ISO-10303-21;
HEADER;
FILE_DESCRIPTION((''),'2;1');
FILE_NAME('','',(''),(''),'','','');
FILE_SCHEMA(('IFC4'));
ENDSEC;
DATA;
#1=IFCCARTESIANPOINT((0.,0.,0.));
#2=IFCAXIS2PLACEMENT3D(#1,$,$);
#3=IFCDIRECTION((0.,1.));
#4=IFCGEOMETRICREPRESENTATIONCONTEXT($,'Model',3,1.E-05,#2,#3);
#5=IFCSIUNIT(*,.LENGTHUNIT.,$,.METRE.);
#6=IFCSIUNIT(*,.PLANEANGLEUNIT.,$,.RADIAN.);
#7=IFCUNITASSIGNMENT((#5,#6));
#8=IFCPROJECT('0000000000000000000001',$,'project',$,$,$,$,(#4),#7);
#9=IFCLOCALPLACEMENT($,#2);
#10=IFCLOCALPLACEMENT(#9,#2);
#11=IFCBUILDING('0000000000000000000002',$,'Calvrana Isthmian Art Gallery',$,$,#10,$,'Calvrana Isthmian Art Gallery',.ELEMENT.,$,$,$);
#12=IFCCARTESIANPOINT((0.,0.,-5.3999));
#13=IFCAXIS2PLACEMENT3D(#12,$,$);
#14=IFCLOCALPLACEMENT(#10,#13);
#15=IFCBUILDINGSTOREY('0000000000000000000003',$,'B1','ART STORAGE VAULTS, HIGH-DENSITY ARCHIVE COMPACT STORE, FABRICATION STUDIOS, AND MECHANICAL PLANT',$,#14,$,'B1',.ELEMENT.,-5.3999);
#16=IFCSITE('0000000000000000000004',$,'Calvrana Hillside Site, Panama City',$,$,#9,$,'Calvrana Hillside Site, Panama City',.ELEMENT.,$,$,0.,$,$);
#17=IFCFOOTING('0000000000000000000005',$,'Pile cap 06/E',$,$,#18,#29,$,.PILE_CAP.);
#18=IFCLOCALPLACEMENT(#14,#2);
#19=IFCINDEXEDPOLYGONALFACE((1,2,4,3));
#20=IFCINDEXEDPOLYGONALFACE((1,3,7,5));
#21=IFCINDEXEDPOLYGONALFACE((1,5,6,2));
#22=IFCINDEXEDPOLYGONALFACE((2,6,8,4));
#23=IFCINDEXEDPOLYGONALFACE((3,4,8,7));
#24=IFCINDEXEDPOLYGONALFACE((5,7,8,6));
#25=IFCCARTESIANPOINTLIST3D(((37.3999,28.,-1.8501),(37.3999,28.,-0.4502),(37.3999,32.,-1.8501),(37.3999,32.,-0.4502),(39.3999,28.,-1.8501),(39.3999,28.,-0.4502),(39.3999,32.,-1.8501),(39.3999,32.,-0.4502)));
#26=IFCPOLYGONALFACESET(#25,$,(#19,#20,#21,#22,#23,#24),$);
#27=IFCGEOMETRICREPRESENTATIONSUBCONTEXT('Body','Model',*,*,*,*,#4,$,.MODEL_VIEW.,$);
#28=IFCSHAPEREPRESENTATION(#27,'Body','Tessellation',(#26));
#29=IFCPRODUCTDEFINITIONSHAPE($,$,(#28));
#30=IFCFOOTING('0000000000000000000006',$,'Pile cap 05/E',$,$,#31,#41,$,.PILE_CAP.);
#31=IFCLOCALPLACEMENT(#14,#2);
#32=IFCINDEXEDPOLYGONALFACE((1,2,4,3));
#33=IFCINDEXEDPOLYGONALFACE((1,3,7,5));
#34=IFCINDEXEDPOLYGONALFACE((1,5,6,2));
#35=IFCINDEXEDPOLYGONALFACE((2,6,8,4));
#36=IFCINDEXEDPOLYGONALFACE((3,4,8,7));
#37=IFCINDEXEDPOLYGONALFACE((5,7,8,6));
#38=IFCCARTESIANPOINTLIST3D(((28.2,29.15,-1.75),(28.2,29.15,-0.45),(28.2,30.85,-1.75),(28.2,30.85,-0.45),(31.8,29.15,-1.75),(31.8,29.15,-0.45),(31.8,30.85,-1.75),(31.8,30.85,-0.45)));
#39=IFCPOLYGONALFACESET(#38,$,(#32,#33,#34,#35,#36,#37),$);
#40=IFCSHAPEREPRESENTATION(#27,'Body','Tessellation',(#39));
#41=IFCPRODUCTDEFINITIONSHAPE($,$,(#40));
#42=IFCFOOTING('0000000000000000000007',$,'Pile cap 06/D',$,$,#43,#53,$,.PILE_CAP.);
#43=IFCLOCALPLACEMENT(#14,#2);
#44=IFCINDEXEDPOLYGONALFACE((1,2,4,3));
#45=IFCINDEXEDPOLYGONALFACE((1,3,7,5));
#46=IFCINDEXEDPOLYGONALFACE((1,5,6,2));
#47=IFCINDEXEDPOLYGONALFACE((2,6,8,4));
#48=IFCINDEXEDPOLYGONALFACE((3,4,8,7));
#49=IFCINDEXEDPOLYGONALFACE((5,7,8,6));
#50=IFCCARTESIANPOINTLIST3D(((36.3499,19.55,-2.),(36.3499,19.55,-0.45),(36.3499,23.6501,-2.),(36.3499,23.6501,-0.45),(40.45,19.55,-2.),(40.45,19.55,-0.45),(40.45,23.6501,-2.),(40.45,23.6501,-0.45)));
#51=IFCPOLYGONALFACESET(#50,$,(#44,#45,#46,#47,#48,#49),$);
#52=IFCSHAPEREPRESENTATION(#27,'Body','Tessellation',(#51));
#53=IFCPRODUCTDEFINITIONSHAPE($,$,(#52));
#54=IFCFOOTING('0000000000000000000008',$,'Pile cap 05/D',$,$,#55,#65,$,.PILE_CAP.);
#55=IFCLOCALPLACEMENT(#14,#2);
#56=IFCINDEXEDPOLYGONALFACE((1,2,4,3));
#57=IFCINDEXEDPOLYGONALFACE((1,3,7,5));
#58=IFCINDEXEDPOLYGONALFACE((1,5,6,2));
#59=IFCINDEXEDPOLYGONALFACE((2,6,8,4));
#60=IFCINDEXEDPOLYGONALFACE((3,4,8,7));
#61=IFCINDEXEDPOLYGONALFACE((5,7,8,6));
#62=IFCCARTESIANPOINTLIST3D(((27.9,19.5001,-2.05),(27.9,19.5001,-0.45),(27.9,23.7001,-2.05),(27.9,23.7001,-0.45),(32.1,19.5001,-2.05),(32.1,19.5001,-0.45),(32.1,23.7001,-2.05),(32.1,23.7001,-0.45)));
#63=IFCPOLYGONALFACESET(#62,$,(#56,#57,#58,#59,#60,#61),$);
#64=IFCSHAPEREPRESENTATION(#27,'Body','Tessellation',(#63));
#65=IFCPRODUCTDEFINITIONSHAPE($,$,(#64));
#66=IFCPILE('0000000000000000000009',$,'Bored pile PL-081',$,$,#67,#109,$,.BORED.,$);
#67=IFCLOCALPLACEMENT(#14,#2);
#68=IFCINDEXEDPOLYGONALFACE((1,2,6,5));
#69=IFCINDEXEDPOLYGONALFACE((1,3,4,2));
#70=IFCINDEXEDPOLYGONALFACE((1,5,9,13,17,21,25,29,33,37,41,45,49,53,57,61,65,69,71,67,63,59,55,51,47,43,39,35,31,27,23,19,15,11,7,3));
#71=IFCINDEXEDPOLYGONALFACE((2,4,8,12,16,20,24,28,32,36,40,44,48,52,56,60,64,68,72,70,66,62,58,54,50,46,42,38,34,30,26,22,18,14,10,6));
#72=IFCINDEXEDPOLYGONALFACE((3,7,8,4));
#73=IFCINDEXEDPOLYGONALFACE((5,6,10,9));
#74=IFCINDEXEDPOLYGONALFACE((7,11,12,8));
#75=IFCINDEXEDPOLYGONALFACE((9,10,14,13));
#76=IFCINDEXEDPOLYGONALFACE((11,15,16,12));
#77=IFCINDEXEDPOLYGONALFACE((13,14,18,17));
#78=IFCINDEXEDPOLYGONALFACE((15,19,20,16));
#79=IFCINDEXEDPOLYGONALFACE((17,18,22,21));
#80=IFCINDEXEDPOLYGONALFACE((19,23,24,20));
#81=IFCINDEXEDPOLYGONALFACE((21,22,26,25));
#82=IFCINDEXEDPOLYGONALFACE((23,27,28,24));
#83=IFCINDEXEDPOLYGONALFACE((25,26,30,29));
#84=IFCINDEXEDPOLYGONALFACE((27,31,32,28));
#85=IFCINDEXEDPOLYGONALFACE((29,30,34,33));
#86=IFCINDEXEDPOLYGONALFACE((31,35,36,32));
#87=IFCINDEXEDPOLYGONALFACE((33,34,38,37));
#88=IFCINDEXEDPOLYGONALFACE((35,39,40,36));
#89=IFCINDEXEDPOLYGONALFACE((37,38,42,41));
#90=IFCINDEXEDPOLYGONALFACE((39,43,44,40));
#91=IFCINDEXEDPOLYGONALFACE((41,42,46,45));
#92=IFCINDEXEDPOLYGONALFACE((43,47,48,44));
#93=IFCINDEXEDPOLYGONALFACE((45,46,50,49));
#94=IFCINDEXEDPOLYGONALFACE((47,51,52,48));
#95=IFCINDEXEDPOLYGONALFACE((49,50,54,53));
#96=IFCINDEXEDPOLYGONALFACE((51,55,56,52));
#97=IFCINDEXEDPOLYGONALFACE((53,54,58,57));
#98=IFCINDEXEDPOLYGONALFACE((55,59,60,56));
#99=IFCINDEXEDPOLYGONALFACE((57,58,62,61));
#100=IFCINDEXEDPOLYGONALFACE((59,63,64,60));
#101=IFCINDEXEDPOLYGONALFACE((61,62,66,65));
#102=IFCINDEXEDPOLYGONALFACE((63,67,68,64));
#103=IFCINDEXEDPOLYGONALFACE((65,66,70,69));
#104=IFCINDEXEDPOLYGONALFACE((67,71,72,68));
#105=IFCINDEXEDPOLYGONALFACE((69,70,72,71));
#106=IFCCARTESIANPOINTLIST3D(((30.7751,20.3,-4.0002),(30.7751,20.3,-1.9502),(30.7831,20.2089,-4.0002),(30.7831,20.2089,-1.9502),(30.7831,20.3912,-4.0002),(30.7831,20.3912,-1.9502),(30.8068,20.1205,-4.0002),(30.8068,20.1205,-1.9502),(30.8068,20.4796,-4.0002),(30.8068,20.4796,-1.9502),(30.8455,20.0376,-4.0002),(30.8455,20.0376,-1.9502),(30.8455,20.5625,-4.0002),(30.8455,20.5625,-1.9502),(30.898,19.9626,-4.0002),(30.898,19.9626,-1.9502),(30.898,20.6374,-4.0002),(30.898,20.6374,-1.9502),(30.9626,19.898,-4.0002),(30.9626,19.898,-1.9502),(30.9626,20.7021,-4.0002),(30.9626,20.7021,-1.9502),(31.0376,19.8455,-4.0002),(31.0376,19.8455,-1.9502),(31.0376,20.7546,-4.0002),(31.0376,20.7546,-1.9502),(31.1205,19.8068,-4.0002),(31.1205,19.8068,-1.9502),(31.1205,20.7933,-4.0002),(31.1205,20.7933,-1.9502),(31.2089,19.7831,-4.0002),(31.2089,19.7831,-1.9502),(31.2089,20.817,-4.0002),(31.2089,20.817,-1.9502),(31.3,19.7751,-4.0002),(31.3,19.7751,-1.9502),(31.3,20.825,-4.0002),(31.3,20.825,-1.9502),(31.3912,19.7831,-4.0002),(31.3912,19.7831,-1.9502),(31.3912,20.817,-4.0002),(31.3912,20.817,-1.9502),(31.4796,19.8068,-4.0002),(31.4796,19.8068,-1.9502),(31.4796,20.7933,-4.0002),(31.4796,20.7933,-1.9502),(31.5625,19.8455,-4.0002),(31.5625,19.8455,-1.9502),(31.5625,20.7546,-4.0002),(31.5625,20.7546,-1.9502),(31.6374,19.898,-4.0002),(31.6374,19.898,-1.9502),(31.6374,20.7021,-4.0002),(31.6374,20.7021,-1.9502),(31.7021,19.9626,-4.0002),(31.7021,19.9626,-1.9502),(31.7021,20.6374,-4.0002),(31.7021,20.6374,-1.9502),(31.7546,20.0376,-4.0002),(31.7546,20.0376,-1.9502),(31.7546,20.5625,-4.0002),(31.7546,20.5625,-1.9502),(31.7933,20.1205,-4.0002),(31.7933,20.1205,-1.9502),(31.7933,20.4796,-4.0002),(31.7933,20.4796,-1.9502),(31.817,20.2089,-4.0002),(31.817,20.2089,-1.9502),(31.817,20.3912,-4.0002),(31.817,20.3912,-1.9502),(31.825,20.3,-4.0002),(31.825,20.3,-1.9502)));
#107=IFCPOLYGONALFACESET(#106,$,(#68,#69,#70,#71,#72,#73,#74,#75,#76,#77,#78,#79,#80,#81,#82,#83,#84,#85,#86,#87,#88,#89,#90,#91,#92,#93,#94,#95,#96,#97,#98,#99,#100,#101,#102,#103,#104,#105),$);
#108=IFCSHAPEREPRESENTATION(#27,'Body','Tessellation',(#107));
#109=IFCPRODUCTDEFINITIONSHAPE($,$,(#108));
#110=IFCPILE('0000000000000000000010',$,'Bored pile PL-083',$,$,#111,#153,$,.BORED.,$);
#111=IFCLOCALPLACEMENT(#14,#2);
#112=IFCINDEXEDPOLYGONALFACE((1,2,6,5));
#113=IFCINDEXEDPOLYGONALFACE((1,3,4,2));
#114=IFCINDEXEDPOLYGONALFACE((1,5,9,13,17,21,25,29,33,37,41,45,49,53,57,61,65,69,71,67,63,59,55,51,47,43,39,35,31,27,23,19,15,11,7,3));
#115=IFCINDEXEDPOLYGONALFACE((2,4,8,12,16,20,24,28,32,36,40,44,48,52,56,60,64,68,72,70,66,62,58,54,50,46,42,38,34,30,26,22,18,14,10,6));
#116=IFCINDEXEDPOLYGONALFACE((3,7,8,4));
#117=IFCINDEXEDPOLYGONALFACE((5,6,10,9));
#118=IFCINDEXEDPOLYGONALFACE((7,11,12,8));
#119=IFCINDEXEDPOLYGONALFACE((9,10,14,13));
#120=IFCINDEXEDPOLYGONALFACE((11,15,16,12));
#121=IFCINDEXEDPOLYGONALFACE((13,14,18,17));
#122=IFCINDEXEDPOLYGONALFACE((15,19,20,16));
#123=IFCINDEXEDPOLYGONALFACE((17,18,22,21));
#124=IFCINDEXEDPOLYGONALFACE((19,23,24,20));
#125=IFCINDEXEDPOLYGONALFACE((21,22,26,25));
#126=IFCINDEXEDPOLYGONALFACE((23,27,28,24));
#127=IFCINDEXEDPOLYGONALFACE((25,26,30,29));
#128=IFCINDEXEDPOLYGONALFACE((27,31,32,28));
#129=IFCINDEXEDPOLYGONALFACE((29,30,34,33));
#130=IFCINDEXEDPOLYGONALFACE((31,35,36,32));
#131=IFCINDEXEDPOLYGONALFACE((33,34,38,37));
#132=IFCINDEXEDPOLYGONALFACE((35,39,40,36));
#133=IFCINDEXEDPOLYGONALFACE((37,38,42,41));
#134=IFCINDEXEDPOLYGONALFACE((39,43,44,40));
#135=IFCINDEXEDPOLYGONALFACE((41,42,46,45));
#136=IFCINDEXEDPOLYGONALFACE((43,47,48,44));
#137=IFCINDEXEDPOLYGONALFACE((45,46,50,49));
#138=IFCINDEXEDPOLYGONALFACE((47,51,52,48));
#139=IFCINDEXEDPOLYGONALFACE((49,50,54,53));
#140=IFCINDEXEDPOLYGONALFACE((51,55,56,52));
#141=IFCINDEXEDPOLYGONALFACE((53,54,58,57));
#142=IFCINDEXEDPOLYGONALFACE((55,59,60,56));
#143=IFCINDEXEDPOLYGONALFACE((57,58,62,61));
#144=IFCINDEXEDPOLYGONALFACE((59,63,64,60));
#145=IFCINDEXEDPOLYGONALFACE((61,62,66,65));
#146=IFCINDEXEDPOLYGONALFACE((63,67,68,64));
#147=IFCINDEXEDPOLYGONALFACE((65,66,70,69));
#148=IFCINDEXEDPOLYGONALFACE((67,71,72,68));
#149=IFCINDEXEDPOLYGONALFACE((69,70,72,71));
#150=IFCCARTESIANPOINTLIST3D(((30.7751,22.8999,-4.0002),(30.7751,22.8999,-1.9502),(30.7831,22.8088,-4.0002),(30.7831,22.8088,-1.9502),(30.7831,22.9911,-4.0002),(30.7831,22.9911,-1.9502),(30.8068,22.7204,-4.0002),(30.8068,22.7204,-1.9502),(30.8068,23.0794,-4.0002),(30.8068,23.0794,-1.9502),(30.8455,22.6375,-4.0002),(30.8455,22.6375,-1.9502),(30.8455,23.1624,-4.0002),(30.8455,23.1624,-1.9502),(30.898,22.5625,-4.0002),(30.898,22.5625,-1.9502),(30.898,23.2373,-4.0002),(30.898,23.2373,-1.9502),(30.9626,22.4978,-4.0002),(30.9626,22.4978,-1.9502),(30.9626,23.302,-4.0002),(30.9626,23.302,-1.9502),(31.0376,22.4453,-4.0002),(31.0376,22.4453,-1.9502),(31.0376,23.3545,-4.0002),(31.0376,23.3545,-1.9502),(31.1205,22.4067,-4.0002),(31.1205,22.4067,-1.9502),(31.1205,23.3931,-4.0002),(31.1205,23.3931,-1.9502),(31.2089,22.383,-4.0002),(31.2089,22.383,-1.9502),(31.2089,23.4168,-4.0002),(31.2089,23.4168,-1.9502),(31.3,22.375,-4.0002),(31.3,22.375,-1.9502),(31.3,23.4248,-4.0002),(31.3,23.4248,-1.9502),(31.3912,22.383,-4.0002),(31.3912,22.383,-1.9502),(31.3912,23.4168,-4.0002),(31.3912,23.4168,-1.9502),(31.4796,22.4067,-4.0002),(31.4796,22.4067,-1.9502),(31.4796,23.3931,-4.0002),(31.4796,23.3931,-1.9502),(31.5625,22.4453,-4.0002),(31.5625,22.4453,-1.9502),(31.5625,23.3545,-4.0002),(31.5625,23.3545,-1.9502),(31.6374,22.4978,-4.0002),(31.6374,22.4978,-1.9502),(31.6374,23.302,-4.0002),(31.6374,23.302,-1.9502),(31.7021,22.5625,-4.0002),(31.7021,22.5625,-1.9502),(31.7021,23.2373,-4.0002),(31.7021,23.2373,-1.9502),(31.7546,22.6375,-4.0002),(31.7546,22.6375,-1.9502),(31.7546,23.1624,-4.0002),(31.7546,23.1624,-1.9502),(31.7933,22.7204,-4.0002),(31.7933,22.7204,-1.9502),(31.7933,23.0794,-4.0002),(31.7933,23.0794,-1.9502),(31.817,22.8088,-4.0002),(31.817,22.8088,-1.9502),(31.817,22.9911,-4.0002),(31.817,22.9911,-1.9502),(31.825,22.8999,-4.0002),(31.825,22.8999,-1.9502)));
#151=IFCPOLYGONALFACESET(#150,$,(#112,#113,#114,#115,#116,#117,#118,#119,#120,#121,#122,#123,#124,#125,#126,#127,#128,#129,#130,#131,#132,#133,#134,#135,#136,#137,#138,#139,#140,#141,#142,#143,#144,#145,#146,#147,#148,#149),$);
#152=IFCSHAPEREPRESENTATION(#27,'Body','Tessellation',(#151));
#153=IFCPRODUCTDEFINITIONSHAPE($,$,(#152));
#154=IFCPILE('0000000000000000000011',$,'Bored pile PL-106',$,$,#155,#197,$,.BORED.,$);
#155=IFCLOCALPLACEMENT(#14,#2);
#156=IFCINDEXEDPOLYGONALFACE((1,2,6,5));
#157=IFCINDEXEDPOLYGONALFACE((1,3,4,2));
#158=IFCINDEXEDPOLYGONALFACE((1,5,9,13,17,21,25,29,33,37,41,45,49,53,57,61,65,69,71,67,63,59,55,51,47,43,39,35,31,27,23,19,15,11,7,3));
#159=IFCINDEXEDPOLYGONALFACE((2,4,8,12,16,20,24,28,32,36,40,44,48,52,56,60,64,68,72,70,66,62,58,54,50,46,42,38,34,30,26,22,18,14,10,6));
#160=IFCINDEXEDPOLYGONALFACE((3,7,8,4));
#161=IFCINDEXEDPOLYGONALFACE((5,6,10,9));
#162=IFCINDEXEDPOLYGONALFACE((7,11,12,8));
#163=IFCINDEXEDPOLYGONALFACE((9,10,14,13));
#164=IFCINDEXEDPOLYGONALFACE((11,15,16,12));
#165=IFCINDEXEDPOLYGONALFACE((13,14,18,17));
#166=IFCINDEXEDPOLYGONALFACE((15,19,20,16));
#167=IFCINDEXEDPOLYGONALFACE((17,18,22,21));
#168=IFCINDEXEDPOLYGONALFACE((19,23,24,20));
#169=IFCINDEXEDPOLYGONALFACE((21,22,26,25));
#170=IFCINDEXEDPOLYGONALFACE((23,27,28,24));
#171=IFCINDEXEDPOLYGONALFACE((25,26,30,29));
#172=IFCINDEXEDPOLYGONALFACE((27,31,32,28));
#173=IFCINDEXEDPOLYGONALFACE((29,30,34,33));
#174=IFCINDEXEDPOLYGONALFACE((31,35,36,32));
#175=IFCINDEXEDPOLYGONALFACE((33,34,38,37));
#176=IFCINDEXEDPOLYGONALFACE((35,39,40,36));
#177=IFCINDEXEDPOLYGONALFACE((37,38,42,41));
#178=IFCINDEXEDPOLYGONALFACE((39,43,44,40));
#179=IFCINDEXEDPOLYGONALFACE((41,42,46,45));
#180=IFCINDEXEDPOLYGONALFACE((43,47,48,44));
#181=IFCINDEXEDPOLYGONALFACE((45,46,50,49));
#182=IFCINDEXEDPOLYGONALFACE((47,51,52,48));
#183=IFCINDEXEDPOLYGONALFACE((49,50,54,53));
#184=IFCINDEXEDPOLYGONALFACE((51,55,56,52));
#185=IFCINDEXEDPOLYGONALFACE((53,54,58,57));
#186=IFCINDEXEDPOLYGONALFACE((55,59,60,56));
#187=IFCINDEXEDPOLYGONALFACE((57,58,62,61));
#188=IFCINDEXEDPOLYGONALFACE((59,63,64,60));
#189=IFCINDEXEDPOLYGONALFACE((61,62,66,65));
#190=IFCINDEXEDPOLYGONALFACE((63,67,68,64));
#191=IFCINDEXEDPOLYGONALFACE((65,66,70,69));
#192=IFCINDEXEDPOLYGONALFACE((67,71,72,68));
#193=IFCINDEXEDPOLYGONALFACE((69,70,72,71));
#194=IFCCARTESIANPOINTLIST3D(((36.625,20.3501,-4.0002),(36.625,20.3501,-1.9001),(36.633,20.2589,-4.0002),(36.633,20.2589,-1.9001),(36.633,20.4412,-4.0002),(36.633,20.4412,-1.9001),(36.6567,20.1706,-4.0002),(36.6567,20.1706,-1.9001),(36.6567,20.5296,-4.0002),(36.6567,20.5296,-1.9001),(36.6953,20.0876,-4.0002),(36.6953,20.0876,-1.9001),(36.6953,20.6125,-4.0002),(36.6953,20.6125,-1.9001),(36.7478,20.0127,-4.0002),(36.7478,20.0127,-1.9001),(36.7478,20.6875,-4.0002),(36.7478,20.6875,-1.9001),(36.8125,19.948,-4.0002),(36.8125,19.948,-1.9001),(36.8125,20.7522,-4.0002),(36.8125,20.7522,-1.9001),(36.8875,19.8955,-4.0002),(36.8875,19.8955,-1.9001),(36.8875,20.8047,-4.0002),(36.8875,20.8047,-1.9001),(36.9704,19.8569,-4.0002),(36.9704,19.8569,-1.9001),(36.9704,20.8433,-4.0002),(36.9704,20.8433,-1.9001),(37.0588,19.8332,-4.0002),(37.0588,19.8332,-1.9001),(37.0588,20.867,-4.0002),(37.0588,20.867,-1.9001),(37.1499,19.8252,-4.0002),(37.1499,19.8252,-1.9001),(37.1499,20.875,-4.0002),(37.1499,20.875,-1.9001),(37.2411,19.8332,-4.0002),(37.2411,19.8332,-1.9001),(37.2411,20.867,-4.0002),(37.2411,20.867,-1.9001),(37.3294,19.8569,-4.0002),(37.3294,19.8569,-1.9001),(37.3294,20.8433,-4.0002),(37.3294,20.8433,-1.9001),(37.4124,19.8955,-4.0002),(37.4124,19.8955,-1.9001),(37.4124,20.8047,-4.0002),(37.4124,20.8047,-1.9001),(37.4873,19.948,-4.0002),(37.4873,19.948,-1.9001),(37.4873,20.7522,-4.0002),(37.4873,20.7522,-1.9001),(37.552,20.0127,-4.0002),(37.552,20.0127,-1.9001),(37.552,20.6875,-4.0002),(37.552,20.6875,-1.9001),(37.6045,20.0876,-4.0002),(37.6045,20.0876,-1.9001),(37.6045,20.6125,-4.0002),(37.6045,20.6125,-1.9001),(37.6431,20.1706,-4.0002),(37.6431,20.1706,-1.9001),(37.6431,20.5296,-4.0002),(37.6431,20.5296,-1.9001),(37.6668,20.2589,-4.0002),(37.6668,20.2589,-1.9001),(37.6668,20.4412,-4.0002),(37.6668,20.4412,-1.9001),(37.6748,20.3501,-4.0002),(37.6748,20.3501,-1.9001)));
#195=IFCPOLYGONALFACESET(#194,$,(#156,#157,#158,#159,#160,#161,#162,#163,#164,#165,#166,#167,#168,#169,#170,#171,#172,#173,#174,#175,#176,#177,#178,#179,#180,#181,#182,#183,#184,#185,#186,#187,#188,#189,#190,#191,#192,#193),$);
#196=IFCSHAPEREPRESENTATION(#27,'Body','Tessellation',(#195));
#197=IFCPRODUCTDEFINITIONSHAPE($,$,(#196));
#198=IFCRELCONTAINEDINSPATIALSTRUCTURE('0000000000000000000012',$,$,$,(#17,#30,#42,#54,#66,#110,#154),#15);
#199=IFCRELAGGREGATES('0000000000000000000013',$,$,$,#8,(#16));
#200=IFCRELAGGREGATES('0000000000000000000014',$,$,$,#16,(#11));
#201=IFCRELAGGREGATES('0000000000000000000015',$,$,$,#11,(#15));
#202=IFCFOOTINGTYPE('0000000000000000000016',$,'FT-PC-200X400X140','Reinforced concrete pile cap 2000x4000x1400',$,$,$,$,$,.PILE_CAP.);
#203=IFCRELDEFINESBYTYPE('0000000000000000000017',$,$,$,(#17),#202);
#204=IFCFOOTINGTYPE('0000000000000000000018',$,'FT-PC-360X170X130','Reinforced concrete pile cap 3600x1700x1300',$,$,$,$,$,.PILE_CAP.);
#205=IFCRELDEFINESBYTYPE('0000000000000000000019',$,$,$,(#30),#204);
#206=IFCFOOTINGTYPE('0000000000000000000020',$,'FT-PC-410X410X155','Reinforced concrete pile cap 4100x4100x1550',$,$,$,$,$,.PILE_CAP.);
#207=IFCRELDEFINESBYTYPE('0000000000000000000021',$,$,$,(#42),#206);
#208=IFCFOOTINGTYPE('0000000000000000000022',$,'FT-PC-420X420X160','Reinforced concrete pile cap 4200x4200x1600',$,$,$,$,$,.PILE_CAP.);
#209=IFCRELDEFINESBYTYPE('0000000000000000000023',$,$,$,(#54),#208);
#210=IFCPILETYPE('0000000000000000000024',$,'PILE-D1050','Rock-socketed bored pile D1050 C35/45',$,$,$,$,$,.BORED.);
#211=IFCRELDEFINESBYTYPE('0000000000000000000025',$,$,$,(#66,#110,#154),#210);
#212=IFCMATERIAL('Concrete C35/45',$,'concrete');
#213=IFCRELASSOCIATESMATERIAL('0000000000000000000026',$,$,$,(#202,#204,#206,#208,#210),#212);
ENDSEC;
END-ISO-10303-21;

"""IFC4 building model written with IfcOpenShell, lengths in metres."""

from ifc_helpers import new_model, si_unit, direction, frame, origin, origin_2d, place, context, subcontext, project, spatial, rectangle, circle, extrude, material, material_profile, profile_set, type_object, element, save


model = new_model("IFC4")

# Units and contexts
model_context = context("Model", 3, precision=1e-05, world=origin(), true_north=direction((0.0, 1.0)))
body_context = subcontext(model_context, "Body", "Model", "MODEL_VIEW")
ifc_project = project(units=[si_unit("LENGTHUNIT", "METRE"), si_unit("PLANEANGLEUNIT", "RADIAN")], contexts=[model_context])

# Site, building, storey
site_placement = place(None, origin())
site = spatial("IfcSite", under=ifc_project, at=site_placement, Name="Calvrana Hillside Site, Panama City", LongName="Calvrana Hillside Site, Panama City", CompositionType="ELEMENT", RefElevation=0.0)
building_placement = place(site_placement, origin())
building = spatial("IfcBuilding", under=site, at=building_placement, Name="Calvrana Isthmian Art Gallery", LongName="Calvrana Isthmian Art Gallery", CompositionType="ELEMENT")
storey_placement = place(building_placement, frame((0.0, 0.0, -5.3999)))
storey = spatial("IfcBuildingStorey", under=building, at=storey_placement, Name="B1", Description="ART STORAGE VAULTS, HIGH-DENSITY ARCHIVE COMPACT STORE, FABRICATION STUDIOS, AND MECHANICAL PLANT", LongName="B1", CompositionType="ELEMENT", Elevation=-5.3999)

# Footings
ifc_material_1 = material(Name="Concrete C35/45", Category="concrete")
footing_type_1 = type_object("IfcFootingType", Name="FT-PC-200X400X140", Description="Reinforced concrete pile cap 2000x4000x1400", PredefinedType="PILE_CAP", material=ifc_material_1)
footing_1_placement = place(storey_placement, frame((38.3999, 30.0, -1.8501), z_axis=(0.0, 0.0, 1.0), x_axis=(1.0, 0.0, 0.0)))
element("IfcFooting", 1, at=footing_1_placement, inside=storey, type_object=footing_type_1, Name="Pile cap 06/E", PredefinedType="PILE_CAP", context=body_context, shape_type="SweptSolid", body=[
    extrude(rectangle(XDim=2.0, YDim=4.0, at=origin_2d()), origin(), (0.0, 0.0, 1.0), 1.3999),
])
footing_type_2 = type_object("IfcFootingType", Name="FT-PC-360X170X130", Description="Reinforced concrete pile cap 3600x1700x1300", PredefinedType="PILE_CAP", material=ifc_material_1)
footing_2_placement = place(storey_placement, frame((30.0, 30.0, -1.75), z_axis=(0.0, 0.0, 1.0), x_axis=(1.0, 0.0, 0.0)))
element("IfcFooting", 2, at=footing_2_placement, inside=storey, type_object=footing_type_2, Name="Pile cap 05/E", PredefinedType="PILE_CAP", context=body_context, shape_type="SweptSolid", body=[
    extrude(rectangle(XDim=3.6001, YDim=1.7, at=origin_2d()), origin(), (0.0, 0.0, 1.0), 1.3),
])
footing_type_3 = type_object("IfcFootingType", Name="FT-PC-410X410X155", Description="Reinforced concrete pile cap 4100x4100x1550", PredefinedType="PILE_CAP", material=ifc_material_1)
footing_3_placement = place(storey_placement, frame((38.3999, 21.6001, -2.0), z_axis=(0.0, 0.0, 1.0), x_axis=(1.0, 0.0, 0.0)))
element("IfcFooting", 3, at=footing_3_placement, inside=storey, type_object=footing_type_3, Name="Pile cap 06/D", PredefinedType="PILE_CAP", context=body_context, shape_type="SweptSolid", body=[
    extrude(rectangle(XDim=4.1001, YDim=4.1001, at=origin_2d()), origin(), (0.0, 0.0, 1.0), 1.55),
])
footing_type_4 = type_object("IfcFootingType", Name="FT-PC-420X420X160", Description="Reinforced concrete pile cap 4200x4200x1600", PredefinedType="PILE_CAP", material=ifc_material_1)
footing_4_placement = place(storey_placement, frame((30.0, 21.6001, -2.05), z_axis=(0.0, 0.0, 1.0), x_axis=(1.0, 0.0, 0.0)))
element("IfcFooting", 4, at=footing_4_placement, inside=storey, type_object=footing_type_4, Name="Pile cap 05/D", PredefinedType="PILE_CAP", context=body_context, shape_type="SweptSolid", body=[
    extrude(rectangle(XDim=4.2, YDim=4.2, at=origin_2d()), origin(), (0.0, 0.0, 1.0), 1.6001),
])

# Piles
ifc_material_profile_1 = material_profile(ifc_material_1, circle(Radius=0.5249, at=origin_2d()), Name="PILE1050D")
ifc_profile_set_1 = profile_set([ifc_material_profile_1], Name="Concrete C35/45")
pile_type_1 = type_object("IfcPileType", Name="PILE-D1050", Description="Rock-socketed bored pile D1050 C35/45", PredefinedType="BORED", material=ifc_profile_set_1)
for number, where, z_axis, x_axis, name in (
    (5, (31.3, 20.3, -1.9502), (0.0, 0.0, -1.0), (1.0, 0.0, 0.0), "Bored pile PL-081"),
    (6, (31.3, 22.8999, -1.9502), (0.0, 0.0, -1.0), (1.0, 0.0, 0.0), "Bored pile PL-083"),
):
    element("IfcPile", number, at=place(storey_placement, frame(where, z_axis=z_axis, x_axis=x_axis)), inside=storey, type_object=pile_type_1, Name=name, PredefinedType="BORED", context=body_context, shape_type="SweptSolid", body=[
        extrude(circle(Radius=0.5249, at=origin_2d()), origin(), (0.0, 0.0, 1.0), 2.05),
    ])
for number, where, z_axis, x_axis, name in (
    (7, (37.1499, 20.3501, -1.9001), (0.0, 0.0, -1.0), (1.0, 0.0, 0.0), "Bored pile PL-106"),
):
    element("IfcPile", number, at=place(storey_placement, frame(where, z_axis=z_axis, x_axis=x_axis)), inside=storey, type_object=pile_type_1, Name=name, PredefinedType="BORED", context=body_context, shape_type="SweptSolid", body=[
        extrude(circle(Radius=0.5249, at=origin_2d()), origin(), (0.0, 0.0, 1.0), 2.1001),
    ])

save(model, "model.ifc")
